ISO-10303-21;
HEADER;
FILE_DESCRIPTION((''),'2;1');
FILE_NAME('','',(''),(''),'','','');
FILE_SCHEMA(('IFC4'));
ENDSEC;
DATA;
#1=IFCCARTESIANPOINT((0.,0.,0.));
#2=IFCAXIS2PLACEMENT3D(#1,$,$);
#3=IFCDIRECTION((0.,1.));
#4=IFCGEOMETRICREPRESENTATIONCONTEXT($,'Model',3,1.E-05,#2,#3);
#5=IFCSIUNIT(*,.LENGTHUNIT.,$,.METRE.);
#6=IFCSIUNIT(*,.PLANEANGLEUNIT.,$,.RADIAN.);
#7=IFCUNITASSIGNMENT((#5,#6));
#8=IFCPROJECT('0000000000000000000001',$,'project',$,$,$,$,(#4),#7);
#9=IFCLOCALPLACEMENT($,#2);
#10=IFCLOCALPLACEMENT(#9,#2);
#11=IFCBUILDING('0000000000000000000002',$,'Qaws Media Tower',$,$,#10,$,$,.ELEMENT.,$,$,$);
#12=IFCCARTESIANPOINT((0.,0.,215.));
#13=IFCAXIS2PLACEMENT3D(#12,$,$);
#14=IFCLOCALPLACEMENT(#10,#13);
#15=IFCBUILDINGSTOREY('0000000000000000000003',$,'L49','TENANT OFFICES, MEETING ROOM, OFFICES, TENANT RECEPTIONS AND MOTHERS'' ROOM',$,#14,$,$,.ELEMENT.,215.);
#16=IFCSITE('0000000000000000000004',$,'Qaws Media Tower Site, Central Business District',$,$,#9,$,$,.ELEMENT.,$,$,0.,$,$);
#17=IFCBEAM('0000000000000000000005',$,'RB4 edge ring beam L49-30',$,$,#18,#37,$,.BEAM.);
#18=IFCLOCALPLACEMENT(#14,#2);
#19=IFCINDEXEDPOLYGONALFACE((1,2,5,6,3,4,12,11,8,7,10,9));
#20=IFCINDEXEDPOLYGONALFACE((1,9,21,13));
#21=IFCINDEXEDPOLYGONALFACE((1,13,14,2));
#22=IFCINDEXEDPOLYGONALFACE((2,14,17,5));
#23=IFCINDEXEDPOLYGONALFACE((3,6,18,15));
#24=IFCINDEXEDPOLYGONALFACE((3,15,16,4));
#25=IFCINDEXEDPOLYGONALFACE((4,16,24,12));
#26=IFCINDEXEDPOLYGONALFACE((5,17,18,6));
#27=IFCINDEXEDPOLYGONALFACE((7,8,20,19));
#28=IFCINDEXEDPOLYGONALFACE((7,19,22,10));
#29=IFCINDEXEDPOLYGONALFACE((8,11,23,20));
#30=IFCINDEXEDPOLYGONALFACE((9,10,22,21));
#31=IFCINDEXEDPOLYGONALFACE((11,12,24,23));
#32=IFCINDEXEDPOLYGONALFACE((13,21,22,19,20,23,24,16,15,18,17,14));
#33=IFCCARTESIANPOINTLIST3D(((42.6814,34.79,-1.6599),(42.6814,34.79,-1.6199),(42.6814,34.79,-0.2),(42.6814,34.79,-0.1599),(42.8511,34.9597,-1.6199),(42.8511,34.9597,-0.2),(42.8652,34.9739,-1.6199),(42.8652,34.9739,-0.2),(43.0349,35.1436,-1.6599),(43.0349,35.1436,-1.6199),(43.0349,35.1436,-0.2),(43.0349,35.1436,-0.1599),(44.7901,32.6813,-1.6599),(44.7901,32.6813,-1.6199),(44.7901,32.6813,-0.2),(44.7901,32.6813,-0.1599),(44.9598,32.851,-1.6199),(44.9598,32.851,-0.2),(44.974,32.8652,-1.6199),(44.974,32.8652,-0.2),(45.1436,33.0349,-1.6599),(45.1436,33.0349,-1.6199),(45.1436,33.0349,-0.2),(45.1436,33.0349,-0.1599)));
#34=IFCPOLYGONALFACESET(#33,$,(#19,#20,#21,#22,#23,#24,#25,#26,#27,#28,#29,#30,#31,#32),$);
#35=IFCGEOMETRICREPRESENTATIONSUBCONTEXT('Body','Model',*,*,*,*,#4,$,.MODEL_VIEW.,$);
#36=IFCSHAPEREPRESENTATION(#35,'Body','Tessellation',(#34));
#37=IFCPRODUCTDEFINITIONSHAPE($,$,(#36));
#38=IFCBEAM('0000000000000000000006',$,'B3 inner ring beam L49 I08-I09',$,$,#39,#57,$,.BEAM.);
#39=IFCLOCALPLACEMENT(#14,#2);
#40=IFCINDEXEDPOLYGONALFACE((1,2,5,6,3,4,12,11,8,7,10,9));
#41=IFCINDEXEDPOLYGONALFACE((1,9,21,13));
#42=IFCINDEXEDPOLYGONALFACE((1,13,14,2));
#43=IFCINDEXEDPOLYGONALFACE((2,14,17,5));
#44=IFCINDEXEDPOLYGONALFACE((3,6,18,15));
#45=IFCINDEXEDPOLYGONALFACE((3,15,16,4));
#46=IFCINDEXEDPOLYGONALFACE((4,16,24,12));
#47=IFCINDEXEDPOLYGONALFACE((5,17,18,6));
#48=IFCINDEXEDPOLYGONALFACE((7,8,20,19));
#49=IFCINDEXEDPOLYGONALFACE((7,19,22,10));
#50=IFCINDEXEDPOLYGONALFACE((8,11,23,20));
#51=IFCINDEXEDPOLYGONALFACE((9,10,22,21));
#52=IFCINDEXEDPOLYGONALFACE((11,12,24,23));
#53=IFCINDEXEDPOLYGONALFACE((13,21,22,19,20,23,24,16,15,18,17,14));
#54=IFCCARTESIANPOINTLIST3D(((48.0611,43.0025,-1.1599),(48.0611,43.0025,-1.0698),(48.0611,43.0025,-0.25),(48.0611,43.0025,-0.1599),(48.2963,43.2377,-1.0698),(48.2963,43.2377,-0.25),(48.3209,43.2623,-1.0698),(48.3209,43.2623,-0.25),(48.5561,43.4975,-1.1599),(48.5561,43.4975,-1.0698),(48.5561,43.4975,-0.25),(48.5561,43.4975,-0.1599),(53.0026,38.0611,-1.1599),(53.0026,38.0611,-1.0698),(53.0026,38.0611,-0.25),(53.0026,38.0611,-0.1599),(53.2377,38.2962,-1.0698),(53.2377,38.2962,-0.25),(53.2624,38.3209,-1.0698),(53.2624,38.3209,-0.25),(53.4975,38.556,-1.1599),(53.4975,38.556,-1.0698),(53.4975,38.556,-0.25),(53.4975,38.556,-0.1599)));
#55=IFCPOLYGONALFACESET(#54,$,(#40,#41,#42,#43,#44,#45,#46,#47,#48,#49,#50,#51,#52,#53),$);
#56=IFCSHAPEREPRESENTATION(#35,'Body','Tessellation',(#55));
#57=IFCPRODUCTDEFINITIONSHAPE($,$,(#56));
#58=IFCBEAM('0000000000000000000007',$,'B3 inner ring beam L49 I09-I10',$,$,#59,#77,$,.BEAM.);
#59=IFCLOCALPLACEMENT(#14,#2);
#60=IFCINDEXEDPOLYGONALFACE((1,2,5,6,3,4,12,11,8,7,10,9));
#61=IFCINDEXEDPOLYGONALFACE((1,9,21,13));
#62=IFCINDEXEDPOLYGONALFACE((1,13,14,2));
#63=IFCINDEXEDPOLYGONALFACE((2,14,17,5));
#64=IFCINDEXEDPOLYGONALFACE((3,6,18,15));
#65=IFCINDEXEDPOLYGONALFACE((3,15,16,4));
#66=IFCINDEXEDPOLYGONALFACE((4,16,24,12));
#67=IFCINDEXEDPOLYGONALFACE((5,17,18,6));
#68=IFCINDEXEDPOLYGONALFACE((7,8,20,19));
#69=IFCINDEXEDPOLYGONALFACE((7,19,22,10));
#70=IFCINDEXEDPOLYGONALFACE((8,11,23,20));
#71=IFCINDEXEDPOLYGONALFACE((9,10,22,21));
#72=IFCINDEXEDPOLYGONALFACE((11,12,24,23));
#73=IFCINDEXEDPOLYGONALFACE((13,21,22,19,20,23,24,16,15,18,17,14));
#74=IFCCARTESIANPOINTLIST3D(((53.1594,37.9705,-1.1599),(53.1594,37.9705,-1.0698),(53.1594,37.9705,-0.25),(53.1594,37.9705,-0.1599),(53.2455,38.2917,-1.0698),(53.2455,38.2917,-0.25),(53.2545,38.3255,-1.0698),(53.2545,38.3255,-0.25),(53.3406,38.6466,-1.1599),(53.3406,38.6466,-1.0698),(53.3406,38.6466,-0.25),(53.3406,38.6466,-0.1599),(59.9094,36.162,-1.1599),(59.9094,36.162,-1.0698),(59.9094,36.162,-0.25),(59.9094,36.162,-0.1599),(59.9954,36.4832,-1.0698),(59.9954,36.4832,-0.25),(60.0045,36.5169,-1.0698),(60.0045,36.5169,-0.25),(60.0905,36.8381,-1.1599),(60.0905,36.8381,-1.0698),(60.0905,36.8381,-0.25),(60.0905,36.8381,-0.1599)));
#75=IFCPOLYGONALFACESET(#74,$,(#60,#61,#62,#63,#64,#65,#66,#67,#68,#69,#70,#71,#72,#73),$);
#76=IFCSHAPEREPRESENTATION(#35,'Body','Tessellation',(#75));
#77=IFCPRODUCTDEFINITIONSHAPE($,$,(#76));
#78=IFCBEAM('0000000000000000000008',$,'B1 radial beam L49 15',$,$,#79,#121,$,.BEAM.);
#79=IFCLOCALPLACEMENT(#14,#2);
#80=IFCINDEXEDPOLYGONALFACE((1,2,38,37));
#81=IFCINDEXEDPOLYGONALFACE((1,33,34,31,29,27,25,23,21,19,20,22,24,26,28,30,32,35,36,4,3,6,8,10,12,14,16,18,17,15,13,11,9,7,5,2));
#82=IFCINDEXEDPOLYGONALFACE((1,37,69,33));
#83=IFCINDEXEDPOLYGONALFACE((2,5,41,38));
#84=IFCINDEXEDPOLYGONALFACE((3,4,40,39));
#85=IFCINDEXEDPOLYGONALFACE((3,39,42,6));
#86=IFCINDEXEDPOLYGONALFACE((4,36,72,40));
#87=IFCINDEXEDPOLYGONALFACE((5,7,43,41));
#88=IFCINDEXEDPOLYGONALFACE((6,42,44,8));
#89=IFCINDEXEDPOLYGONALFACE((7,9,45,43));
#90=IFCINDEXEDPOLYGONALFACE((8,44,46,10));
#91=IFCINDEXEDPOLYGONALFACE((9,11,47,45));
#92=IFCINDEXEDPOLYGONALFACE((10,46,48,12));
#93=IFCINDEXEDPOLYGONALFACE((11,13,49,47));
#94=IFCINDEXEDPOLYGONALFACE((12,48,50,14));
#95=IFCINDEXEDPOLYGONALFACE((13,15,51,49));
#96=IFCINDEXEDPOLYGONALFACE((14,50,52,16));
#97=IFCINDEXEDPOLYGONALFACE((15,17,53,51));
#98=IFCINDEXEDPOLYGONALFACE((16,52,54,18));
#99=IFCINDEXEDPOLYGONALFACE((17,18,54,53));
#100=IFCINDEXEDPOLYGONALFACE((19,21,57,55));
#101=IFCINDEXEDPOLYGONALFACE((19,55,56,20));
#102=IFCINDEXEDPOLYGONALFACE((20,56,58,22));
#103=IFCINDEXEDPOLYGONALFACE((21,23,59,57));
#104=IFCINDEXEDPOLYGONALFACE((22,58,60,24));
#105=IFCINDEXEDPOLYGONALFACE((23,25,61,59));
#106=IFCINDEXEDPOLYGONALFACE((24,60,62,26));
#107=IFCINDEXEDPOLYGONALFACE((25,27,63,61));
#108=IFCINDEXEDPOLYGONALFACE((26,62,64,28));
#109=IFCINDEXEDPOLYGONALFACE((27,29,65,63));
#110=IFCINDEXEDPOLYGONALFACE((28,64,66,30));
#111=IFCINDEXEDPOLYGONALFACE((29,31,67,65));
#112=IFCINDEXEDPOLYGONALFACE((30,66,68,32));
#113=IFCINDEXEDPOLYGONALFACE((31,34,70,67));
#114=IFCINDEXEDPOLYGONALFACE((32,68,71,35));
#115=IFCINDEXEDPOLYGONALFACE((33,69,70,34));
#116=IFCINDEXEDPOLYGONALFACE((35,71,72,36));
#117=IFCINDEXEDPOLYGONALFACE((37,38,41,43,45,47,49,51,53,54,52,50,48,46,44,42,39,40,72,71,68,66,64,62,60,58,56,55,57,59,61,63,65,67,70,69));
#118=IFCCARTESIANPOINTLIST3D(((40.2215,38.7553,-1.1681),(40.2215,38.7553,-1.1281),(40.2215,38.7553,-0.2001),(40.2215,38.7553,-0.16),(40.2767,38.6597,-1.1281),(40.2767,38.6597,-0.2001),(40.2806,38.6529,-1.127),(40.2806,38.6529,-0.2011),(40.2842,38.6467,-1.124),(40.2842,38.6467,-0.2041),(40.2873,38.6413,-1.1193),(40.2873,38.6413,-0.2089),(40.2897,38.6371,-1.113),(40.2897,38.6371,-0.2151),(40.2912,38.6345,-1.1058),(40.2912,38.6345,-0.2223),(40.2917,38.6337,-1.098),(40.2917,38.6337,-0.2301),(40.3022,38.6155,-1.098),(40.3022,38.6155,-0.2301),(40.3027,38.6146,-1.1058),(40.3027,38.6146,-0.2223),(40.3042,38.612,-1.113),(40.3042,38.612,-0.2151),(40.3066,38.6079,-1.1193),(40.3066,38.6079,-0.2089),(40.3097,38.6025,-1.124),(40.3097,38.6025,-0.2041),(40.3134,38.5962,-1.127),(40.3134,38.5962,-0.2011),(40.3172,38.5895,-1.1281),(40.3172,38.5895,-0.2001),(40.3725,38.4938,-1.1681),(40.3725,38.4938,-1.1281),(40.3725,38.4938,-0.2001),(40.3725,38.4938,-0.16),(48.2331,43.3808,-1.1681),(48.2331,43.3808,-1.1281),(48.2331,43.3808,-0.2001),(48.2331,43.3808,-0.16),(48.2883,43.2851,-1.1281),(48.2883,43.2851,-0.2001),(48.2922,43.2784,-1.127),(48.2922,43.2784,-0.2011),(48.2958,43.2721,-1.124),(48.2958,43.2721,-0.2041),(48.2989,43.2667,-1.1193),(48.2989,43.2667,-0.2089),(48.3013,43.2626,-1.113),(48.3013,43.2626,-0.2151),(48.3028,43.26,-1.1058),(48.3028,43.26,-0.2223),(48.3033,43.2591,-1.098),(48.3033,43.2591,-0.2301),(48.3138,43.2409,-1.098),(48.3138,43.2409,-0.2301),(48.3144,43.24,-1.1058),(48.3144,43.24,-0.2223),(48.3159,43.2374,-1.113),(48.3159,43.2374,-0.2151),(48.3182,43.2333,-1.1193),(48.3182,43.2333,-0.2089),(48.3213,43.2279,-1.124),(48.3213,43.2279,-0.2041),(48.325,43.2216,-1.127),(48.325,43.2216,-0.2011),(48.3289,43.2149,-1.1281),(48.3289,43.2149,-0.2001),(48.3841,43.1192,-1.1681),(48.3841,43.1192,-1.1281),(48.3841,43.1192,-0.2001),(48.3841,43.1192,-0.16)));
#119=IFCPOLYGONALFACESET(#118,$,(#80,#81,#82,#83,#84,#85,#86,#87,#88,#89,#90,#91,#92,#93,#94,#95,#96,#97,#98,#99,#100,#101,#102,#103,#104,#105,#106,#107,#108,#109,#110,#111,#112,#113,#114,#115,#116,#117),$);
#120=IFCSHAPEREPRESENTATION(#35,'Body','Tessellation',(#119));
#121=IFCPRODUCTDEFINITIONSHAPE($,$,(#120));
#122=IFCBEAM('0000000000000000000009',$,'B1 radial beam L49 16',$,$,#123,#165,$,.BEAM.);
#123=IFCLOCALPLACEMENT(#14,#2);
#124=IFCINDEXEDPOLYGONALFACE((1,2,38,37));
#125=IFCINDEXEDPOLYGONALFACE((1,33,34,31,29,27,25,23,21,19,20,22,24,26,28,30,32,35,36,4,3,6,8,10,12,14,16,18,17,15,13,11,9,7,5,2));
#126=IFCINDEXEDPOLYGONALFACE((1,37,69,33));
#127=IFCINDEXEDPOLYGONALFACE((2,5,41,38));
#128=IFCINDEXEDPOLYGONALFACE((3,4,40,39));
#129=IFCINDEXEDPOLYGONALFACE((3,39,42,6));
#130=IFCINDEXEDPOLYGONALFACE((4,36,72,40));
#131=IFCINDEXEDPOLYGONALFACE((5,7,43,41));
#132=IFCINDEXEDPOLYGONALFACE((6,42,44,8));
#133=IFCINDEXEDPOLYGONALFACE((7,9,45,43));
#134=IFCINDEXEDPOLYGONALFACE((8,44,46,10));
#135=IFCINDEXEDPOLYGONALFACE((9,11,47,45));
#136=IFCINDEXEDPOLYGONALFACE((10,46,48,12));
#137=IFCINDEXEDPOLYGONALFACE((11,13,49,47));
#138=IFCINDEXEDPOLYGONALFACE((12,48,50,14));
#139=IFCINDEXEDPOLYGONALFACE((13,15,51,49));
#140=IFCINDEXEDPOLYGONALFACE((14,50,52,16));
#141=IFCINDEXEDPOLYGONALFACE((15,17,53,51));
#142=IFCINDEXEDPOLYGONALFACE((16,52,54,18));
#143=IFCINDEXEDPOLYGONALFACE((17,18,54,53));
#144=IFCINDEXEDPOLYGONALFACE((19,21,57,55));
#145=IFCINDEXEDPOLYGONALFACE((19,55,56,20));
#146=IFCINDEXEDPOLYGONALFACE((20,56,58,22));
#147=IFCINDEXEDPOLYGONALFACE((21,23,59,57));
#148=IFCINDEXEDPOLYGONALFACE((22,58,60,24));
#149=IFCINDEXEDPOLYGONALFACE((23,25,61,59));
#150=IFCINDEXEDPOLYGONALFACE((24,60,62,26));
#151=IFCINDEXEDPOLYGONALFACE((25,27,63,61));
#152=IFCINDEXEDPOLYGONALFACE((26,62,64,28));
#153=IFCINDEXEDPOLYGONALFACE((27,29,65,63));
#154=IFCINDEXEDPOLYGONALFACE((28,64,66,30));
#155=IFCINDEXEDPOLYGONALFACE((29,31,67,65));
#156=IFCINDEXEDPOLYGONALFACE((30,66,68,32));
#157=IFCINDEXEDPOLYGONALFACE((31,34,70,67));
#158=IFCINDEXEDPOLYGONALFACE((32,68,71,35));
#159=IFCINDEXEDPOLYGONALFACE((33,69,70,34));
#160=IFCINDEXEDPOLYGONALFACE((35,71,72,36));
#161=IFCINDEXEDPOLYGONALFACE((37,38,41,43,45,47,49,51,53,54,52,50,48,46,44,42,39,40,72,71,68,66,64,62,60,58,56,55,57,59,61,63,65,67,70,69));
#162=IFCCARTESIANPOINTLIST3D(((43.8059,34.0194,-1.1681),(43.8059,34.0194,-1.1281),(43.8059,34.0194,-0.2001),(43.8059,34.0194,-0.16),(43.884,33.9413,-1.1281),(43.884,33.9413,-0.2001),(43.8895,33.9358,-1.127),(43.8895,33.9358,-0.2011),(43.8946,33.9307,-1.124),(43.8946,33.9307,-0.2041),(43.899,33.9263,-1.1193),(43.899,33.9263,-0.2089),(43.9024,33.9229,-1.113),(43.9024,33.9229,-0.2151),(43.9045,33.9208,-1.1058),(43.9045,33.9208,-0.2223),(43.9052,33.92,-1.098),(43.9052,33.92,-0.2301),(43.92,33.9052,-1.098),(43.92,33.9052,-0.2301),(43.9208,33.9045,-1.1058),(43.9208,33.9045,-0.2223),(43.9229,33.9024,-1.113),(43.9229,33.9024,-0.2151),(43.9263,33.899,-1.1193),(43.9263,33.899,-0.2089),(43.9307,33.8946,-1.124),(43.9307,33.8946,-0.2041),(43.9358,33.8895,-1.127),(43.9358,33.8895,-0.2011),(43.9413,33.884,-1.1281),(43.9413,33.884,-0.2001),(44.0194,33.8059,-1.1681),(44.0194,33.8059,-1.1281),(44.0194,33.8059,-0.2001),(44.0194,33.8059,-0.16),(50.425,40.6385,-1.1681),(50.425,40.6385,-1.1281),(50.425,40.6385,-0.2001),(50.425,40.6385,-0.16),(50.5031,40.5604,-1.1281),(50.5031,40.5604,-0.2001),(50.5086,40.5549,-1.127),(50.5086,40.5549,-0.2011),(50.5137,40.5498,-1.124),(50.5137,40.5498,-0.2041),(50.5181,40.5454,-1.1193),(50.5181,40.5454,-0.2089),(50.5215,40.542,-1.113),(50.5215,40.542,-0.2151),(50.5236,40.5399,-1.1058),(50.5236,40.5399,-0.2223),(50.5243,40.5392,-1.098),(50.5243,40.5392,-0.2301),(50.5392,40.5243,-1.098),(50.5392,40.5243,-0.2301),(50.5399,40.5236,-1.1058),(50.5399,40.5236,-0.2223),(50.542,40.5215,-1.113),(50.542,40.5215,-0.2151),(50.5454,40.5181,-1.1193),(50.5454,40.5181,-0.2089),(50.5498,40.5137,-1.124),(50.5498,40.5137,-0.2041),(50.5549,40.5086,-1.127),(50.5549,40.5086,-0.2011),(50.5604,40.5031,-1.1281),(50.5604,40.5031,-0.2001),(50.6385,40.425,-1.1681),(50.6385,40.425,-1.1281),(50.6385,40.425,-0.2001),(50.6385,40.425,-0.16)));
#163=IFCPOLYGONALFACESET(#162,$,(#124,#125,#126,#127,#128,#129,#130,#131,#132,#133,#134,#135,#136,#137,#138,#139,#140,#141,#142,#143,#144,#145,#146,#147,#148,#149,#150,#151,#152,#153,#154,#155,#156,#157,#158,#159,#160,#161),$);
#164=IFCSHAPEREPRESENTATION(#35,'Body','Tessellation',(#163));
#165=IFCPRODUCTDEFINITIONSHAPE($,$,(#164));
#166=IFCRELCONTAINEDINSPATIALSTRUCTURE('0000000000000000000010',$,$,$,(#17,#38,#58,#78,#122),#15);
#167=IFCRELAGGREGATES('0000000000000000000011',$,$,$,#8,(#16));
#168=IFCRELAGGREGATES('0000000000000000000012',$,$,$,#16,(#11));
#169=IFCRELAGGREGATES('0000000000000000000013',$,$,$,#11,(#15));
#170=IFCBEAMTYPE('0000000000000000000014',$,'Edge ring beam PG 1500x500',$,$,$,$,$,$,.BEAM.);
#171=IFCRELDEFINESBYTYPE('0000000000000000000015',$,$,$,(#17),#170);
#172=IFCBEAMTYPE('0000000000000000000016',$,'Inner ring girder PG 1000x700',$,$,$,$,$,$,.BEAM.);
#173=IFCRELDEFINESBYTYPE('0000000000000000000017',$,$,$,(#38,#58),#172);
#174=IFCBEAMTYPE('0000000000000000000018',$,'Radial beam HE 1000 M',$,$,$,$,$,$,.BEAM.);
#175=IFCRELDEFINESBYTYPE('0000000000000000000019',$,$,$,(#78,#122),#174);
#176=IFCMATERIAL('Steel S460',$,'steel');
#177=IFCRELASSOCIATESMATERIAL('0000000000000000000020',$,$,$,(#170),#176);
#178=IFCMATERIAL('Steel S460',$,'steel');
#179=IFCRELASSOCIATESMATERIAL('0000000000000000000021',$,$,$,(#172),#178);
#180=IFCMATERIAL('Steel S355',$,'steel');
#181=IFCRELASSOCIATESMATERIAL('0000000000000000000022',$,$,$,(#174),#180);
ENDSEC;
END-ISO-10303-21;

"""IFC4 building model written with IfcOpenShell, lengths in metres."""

from ifc_helpers import new_model, si_unit, direction, frame, origin, origin_2d, place, context, subcontext, project, spatial, i_section, extrude, material, material_profile, profile_set, type_object, element, save


model = new_model("IFC4")

# Units and contexts
model_context = context("Model", 3, precision=1e-05, world=origin(), true_north=direction((0.0, 1.0)))
body_context = subcontext(model_context, "Body", "Model", "MODEL_VIEW")
ifc_project = project(units=[si_unit("LENGTHUNIT", "METRE"), si_unit("PLANEANGLEUNIT", "RADIAN")], contexts=[model_context])

# Site, building, storey
site_placement = place(None, origin())
site = spatial("IfcSite", under=ifc_project, at=site_placement, Name="Qaws Media Tower Site, Central Business District", CompositionType="ELEMENT", RefElevation=0.0)
building_placement = place(site_placement, origin())
building = spatial("IfcBuilding", under=site, at=building_placement, Name="Qaws Media Tower", CompositionType="ELEMENT")
storey_placement = place(building_placement, frame((0.0, 0.0, 215.0)))
storey = spatial("IfcBuildingStorey", under=building, at=storey_placement, Name="L49", Description="TENANT OFFICES, MEETING ROOM, OFFICES, TENANT RECEPTIONS AND MOTHERS' ROOM", CompositionType="ELEMENT", Elevation=215.0)

# Beams
ifc_material_1 = material(Name="Steel S460", Category="steel")
ifc_material_profile_1 = material_profile(ifc_material_1, i_section(OverallWidth=0.5, OverallDepth=1.5, WebThickness=0.02, FlangeThickness=0.04, at=origin_2d()), Name="PG 1500x500")
ifc_profile_set_1 = profile_set([ifc_material_profile_1], Name="Steel S460")
beam_type_1 = type_object("IfcBeamType", Name="Edge ring beam PG 1500x500", PredefinedType="BEAM", material=ifc_profile_set_1)
beam_1_placement = place(storey_placement, frame((42.8582, 34.9668, -0.9099), z_axis=(0.707107, -0.707107, 0.0), x_axis=(0.707107, 0.707107, 0.0)))
element("IfcBeam", 1, at=beam_1_placement, inside=storey, type_object=beam_type_1, Name="RB4 edge ring beam L49-30", PredefinedType="BEAM", context=body_context, shape_type="SweptSolid", body=[
    extrude(i_section(OverallWidth=0.5, OverallDepth=1.5, WebThickness=0.02, FlangeThickness=0.04, at=origin_2d()), origin(), (0.0, 0.0, 1.0), 2.9822),
])
ifc_material_2 = material(Name="Steel S460", Category="steel")
ifc_material_profile_2 = material_profile(ifc_material_2, i_section(OverallWidth=0.7, OverallDepth=1.0, WebThickness=0.0349, FlangeThickness=0.0901, at=origin_2d()), Name="PG 1000x700")
ifc_profile_set_2 = profile_set([ifc_material_profile_2], Name="Steel S460")
beam_type_2 = type_object("IfcBeamType", Name="Inner ring girder PG 1000x700", PredefinedType="BEAM", material=ifc_profile_set_2)
beam_2_placement = place(storey_placement, frame((48.3086, 43.25, -0.6599), z_axis=(0.707107, -0.707107, 0.0), x_axis=(0.707107, 0.707107, 0.0)))
element("IfcBeam", 2, at=beam_2_placement, inside=storey, type_object=beam_type_2, Name="B3 inner ring beam L49 I08-I09", PredefinedType="BEAM", context=body_context, shape_type="SweptSolid", body=[
    extrude(i_section(OverallWidth=0.7, OverallDepth=1.0, WebThickness=0.0349, FlangeThickness=0.0901, at=origin_2d()), origin(), (0.0, 0.0, 1.0), 6.9883),
])
beam_3_placement = place(storey_placement, frame((53.25, 38.3086, -0.6599), z_axis=(0.965928, -0.258811, 0.0), x_axis=(0.258811, 0.965928, 0.0)))
element("IfcBeam", 3, at=beam_3_placement, inside=storey, type_object=beam_type_2, Name="B3 inner ring beam L49 I09-I10", PredefinedType="BEAM", context=body_context, shape_type="SweptSolid", body=[
    extrude(i_section(OverallWidth=0.7, OverallDepth=1.0, WebThickness=0.0349, FlangeThickness=0.0901, at=origin_2d()), origin(), (0.0, 0.0, 1.0), 6.988),
])
ifc_material_3 = material(Name="Steel S355", Category="steel")
ifc_material_profile_3 = material_profile(ifc_material_3, i_section(OverallWidth=0.302, OverallDepth=1.0081, WebThickness=0.021, FlangeThickness=0.04, FilletRadius=0.03, at=origin_2d()), Name="HE 1000 M")
ifc_profile_set_3 = profile_set([ifc_material_profile_3], Name="Steel S355")
beam_type_3 = type_object("IfcBeamType", Name="Radial beam HE 1000 M", PredefinedType="BEAM", material=ifc_profile_set_3)
beam_4_placement = place(storey_placement, frame((48.3086, 43.25, -0.6641), z_axis=(-0.866029, -0.499994, 0.0), x_axis=(0.499994, -0.866029, 0.0)))
element("IfcBeam", 4, at=beam_4_placement, inside=storey, type_object=beam_type_3, Name="B1 radial beam L49 15", PredefinedType="BEAM", context=body_context, shape_type="SweptSolid", body=[
    extrude(i_section(OverallWidth=0.302, OverallDepth=1.0081, WebThickness=0.021, FlangeThickness=0.04, FilletRadius=0.03, at=origin_2d()), origin(), (0.0, 0.0, 1.0), 9.251),
])
beam_5_placement = place(storey_placement, frame((50.5317, 40.5317, -0.6641), z_axis=(-0.707107, -0.707107, 0.0), x_axis=(0.707107, -0.707107, 0.0)))
element("IfcBeam", 5, at=beam_5_placement, inside=storey, type_object=beam_type_3, Name="B1 radial beam L49 16", PredefinedType="BEAM", context=body_context, shape_type="SweptSolid", body=[
    extrude(i_section(OverallWidth=0.302, OverallDepth=1.0081, WebThickness=0.021, FlangeThickness=0.04, FilletRadius=0.03, at=origin_2d()), origin(), (0.0, 0.0, 1.0), 9.3608),
])

save(model, "model.ifc")
